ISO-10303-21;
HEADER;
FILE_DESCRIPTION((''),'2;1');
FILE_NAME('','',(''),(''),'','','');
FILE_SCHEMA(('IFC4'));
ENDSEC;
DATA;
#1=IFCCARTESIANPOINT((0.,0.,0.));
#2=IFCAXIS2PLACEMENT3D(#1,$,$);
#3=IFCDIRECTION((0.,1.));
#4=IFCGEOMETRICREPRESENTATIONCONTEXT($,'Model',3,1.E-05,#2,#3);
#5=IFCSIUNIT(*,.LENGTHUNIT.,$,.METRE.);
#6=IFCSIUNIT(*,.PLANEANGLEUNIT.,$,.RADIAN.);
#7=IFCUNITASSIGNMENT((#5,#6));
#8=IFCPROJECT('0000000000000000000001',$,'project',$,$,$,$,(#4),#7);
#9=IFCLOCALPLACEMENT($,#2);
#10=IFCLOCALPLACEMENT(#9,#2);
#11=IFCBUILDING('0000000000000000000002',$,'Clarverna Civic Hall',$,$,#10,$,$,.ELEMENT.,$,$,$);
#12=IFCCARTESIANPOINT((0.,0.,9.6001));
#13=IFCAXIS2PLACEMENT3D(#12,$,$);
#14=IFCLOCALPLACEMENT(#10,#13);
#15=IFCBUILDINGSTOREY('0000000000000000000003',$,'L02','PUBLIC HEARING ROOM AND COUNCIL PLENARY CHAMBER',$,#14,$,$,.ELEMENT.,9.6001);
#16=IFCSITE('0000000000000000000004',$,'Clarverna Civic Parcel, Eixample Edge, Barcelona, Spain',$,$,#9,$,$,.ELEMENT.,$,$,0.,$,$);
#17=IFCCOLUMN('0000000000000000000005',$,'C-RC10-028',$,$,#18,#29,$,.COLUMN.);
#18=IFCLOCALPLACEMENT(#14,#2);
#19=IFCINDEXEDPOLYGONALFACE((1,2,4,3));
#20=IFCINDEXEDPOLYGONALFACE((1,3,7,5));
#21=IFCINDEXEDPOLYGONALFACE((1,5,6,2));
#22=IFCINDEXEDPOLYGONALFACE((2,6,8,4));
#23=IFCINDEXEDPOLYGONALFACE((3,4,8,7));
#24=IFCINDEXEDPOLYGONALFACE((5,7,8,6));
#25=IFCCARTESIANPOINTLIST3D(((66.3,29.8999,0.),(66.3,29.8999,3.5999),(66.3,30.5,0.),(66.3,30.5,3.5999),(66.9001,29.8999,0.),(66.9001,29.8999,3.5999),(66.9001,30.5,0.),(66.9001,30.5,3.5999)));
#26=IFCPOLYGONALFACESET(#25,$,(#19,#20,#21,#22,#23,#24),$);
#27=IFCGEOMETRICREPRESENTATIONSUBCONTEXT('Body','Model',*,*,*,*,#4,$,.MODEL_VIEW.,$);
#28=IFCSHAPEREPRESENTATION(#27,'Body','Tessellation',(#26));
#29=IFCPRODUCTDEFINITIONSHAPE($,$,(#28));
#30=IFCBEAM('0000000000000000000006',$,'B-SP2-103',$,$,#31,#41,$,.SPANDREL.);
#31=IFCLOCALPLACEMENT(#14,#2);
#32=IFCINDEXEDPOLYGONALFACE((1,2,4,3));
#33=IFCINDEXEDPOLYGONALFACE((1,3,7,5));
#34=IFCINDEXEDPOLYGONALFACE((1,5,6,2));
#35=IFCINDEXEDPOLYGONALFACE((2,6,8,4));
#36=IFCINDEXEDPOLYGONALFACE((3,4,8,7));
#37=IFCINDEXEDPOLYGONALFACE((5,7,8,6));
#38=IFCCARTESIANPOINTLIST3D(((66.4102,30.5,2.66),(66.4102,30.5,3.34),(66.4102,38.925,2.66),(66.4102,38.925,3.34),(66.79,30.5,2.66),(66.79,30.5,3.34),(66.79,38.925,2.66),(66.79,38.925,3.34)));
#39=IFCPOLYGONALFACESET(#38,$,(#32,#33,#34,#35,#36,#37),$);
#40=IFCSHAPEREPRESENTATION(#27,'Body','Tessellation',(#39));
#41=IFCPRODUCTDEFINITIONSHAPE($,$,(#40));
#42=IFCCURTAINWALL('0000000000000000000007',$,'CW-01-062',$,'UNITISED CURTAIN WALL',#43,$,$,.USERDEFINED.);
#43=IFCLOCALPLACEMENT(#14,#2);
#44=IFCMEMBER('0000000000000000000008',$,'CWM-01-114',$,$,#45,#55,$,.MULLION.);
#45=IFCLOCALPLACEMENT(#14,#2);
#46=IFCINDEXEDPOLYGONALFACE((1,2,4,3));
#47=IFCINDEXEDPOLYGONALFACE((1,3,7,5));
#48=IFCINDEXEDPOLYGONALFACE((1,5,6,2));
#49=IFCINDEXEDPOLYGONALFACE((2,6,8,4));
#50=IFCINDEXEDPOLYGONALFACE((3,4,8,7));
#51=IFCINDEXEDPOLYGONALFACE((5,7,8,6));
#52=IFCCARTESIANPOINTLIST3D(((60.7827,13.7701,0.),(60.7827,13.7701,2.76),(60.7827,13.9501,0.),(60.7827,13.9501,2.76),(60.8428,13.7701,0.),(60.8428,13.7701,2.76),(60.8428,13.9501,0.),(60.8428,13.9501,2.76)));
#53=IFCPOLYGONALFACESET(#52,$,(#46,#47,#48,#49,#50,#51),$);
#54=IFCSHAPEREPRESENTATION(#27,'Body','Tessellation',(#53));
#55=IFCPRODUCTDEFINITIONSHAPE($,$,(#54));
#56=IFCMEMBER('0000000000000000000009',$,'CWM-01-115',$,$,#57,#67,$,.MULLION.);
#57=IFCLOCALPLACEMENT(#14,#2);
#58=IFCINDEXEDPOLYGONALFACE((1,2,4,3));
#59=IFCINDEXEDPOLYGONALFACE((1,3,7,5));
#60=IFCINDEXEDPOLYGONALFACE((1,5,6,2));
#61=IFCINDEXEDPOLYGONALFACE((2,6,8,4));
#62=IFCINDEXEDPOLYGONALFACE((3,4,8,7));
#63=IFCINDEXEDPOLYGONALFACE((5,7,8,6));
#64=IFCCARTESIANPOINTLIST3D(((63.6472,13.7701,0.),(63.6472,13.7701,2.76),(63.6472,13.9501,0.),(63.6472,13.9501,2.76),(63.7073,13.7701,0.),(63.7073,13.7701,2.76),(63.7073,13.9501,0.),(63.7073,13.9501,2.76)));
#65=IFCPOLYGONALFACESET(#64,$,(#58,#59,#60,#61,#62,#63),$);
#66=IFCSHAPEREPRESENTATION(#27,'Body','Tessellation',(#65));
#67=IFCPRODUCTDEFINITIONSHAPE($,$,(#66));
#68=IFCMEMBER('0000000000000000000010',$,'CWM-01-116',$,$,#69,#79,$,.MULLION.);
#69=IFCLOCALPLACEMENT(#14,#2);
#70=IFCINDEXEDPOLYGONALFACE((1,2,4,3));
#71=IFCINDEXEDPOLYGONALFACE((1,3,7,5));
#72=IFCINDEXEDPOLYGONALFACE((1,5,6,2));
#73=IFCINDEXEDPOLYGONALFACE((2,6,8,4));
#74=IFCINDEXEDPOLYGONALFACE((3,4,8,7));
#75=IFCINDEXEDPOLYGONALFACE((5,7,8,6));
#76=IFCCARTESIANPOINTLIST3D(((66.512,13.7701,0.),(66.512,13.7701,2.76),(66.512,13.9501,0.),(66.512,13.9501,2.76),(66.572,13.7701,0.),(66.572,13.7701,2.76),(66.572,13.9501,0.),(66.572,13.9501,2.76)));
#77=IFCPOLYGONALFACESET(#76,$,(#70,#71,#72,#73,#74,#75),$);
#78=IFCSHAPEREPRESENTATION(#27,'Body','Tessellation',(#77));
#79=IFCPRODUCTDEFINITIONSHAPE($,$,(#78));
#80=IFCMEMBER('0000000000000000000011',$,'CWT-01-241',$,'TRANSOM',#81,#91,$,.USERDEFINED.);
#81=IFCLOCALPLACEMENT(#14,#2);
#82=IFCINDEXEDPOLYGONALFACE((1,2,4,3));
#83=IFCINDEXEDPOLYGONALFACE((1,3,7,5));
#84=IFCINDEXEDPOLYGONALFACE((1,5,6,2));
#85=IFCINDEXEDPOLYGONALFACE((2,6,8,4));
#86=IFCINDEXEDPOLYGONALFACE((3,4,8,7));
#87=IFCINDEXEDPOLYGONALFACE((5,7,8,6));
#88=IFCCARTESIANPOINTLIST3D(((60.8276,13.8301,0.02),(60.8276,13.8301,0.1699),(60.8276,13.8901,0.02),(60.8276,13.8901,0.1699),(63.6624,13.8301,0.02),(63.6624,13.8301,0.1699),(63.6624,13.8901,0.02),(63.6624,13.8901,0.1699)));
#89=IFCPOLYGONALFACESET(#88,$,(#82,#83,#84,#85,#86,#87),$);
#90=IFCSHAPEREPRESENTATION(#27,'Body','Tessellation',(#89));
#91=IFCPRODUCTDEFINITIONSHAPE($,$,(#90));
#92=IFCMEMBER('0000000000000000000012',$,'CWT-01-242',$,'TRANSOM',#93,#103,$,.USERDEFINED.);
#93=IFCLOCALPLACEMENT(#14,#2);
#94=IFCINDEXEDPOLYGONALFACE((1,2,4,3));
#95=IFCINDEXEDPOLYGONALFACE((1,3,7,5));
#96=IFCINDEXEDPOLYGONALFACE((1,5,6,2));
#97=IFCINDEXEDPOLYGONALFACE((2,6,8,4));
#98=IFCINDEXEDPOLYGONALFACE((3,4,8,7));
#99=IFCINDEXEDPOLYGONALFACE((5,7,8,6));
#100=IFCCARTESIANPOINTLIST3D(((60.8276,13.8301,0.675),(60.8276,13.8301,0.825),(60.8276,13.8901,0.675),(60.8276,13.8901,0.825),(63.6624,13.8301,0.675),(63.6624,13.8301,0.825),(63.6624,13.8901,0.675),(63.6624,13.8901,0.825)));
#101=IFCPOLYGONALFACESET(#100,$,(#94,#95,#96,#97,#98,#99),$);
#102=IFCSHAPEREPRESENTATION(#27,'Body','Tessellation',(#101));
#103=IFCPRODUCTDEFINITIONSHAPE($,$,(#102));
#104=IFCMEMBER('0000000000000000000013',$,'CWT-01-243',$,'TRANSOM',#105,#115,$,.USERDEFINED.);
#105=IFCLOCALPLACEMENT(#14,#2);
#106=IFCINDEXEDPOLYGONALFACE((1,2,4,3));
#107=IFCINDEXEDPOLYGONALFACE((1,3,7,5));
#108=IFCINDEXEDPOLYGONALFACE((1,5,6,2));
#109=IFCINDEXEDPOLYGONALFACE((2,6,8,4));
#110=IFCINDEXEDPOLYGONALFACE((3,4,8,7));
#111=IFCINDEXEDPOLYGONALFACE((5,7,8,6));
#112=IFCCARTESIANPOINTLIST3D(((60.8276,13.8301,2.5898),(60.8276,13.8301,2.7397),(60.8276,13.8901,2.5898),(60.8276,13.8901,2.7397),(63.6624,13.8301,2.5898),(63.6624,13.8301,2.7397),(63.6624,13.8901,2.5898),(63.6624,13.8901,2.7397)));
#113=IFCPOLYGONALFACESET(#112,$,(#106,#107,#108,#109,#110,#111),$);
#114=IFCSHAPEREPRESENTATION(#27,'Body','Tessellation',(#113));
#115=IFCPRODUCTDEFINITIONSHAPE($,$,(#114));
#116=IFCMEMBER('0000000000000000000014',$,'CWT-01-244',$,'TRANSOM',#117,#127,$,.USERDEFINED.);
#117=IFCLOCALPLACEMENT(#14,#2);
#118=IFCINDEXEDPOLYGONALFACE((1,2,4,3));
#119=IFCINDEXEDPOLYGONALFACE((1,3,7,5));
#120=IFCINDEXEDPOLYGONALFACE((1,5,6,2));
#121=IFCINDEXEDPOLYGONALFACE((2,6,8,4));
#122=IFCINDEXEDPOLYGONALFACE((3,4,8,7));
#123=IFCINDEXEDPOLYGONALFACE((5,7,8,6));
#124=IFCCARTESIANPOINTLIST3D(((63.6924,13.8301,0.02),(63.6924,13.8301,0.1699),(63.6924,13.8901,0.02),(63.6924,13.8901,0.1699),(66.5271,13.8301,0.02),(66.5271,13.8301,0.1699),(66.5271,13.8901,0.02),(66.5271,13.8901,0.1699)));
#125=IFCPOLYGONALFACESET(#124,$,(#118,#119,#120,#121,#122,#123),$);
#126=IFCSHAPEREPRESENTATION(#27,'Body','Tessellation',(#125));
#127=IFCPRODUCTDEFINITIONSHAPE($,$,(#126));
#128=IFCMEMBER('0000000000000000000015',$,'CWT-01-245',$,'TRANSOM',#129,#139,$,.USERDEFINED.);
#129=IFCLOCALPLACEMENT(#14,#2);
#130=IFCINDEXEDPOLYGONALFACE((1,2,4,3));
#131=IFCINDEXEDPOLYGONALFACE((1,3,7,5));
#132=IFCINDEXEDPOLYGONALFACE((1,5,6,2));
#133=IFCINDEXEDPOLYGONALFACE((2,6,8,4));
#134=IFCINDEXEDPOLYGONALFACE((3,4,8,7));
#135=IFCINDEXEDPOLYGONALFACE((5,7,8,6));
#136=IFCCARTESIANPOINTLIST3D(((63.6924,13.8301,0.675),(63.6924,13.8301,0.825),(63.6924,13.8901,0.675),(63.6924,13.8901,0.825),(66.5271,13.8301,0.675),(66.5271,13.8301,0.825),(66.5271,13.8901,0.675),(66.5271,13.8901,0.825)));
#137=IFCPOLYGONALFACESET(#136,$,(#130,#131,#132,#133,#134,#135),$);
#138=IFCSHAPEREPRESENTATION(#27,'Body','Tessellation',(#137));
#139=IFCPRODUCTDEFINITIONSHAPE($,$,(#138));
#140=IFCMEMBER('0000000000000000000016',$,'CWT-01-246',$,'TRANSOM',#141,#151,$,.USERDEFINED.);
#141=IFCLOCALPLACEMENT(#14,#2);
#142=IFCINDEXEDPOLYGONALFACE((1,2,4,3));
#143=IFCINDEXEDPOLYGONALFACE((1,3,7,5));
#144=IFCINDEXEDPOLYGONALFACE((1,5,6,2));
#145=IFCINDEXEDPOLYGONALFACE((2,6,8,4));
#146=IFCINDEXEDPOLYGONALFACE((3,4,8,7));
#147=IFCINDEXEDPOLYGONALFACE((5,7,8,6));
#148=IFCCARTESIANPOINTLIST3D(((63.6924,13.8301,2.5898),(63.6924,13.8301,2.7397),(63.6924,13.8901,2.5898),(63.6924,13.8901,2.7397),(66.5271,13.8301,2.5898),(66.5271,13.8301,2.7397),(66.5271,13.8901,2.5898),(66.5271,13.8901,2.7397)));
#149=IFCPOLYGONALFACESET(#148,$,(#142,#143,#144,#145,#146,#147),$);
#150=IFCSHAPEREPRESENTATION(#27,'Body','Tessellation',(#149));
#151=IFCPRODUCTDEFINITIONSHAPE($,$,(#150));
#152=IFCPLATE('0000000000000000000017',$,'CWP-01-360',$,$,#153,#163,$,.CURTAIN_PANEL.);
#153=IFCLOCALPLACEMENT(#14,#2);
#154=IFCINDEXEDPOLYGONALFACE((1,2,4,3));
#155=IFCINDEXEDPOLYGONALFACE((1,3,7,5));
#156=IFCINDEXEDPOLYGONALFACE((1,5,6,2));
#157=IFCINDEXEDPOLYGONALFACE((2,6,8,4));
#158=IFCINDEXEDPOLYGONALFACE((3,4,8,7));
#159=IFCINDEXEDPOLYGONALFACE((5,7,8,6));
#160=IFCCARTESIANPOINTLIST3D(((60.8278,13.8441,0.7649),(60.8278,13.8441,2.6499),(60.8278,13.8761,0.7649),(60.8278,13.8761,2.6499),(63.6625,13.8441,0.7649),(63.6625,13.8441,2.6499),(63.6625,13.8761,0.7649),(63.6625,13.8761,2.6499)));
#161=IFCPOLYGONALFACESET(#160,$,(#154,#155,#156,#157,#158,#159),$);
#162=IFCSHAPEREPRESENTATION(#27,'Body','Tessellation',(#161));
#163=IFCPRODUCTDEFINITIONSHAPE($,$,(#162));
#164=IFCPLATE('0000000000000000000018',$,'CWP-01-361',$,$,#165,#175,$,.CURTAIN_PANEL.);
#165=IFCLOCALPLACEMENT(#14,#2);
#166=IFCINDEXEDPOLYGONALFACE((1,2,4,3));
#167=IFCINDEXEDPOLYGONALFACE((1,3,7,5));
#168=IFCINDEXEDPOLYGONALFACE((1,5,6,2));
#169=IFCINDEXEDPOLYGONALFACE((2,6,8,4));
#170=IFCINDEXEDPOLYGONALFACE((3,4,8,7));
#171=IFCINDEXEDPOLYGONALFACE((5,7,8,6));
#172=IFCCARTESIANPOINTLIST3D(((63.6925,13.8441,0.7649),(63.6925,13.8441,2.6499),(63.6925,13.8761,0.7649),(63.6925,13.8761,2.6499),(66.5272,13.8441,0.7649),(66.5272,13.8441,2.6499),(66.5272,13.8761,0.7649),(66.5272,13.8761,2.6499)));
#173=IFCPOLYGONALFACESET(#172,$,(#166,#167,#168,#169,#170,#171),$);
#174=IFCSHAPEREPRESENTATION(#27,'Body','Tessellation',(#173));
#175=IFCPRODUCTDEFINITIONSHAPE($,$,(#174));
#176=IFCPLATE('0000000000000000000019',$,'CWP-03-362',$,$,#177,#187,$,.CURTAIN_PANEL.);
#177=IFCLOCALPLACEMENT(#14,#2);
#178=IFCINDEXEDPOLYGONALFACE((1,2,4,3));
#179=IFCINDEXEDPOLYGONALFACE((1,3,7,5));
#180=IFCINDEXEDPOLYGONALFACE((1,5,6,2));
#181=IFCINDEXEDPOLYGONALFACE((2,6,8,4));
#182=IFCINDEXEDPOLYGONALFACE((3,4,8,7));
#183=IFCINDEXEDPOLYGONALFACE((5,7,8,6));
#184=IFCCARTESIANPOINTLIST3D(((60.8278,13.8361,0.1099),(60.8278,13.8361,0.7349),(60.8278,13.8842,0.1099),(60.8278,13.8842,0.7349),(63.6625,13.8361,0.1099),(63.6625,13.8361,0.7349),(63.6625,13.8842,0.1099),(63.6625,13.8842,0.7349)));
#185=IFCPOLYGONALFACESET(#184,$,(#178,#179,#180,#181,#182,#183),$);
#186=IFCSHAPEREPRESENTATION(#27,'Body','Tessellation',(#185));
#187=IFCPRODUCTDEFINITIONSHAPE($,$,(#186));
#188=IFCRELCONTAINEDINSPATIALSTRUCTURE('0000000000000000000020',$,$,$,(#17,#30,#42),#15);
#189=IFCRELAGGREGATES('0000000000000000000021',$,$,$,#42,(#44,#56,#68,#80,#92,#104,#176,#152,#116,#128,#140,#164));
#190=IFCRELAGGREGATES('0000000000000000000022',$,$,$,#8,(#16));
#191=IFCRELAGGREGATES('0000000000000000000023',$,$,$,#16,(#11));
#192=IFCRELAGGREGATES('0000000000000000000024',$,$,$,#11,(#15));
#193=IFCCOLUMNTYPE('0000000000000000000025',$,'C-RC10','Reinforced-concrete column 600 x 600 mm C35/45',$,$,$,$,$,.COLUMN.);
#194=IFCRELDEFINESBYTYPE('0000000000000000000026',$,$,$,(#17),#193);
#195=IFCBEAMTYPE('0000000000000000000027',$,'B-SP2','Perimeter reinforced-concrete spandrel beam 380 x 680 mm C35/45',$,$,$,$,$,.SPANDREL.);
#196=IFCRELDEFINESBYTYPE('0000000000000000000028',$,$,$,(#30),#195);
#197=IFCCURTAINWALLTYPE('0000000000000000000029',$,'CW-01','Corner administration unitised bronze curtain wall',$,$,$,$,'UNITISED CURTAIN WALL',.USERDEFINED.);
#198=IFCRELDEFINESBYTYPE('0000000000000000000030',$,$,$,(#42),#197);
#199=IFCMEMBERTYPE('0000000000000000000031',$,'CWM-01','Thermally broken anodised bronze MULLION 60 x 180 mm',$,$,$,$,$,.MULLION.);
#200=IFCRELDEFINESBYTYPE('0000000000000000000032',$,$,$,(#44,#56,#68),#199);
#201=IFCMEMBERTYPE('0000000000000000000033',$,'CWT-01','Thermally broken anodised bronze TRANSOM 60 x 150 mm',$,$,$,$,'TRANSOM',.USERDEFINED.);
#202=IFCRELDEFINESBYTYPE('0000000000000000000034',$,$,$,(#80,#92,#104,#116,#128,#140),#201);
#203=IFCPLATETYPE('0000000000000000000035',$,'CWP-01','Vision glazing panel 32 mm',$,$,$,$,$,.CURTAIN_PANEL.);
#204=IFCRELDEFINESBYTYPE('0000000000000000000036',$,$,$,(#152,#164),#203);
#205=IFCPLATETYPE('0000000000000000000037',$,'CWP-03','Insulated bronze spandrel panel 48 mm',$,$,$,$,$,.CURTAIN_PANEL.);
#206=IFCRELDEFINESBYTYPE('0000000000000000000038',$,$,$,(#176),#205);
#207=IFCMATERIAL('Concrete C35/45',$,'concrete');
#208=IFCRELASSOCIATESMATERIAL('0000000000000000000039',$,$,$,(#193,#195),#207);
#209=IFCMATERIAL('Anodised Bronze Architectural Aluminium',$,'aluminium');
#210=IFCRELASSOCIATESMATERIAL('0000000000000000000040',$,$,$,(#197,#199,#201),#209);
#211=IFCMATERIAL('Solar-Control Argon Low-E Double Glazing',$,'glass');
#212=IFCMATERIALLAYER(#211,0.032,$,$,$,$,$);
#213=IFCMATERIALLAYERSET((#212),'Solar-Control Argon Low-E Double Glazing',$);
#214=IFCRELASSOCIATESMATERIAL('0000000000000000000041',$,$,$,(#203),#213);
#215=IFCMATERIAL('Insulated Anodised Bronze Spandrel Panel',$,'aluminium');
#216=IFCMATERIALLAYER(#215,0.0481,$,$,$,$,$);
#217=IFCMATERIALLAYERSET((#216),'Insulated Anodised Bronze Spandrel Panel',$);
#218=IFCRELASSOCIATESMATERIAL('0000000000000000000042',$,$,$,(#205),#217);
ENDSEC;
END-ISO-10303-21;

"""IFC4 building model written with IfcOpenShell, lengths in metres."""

from ifc_helpers import new_model, si_unit, direction, frame, frame_2d, origin, origin_2d, place, context, subcontext, project, spatial, rectangle, extrude, material, layer, layer_set, material_profile, profile_set, type_object, element, aggregate, save


model = new_model("IFC4")

# Units and contexts
model_context = context("Model", 3, precision=1e-05, world=origin(), true_north=direction((0.0, 1.0)))
body_context = subcontext(model_context, "Body", "Model", "MODEL_VIEW")
ifc_project = project(units=[si_unit("LENGTHUNIT", "METRE"), si_unit("PLANEANGLEUNIT", "RADIAN")], contexts=[model_context])

# Site, building, storey
site_placement = place(None, origin())
site = spatial("IfcSite", under=ifc_project, at=site_placement, Name="Clarverna Civic Parcel, Eixample Edge, Barcelona, Spain", CompositionType="ELEMENT", RefElevation=0.0)
building_placement = place(site_placement, origin())
building = spatial("IfcBuilding", under=site, at=building_placement, Name="Clarverna Civic Hall", CompositionType="ELEMENT")
storey_placement = place(building_placement, frame((0.0, 0.0, 9.6001)))
storey = spatial("IfcBuildingStorey", under=building, at=storey_placement, Name="L02", Description="PUBLIC HEARING ROOM AND COUNCIL PLENARY CHAMBER", CompositionType="ELEMENT", Elevation=9.6001)

# Column
ifc_material_1 = material(Name="Concrete C35/45", Category="concrete")
ifc_material_profile_1 = material_profile(ifc_material_1, rectangle(XDim=0.6001, YDim=0.6001, at=origin_2d()), Name="RC 600x600")
ifc_profile_set_1 = profile_set([ifc_material_profile_1], Name="Concrete C35/45")
column_type = type_object("IfcColumnType", Name="C-RC10", Description="Reinforced-concrete column 600 x 600 mm C35/45", PredefinedType="COLUMN", material=ifc_profile_set_1)
column_placement = place(storey_placement, frame((66.6001, 30.2, 0.0), z_axis=(0.0, 0.0, 1.0), x_axis=(1.0, 0.0, 0.0)))
element("IfcColumn", 1, at=column_placement, inside=storey, type_object=column_type, Name="C-RC10-028", PredefinedType="COLUMN", context=body_context, shape_type="SweptSolid", body=[
    extrude(rectangle(XDim=0.6001, YDim=0.6001, at=origin_2d()), origin(), (0.0, 0.0, 1.0), 3.5999),
])

# Beam
ifc_material_profile_2 = material_profile(ifc_material_1, rectangle(XDim=0.3799, YDim=0.6799, at=origin_2d()), Name="RC 380x680")
ifc_profile_set_2 = profile_set([ifc_material_profile_2], Name="Concrete C35/45")
beam_type = type_object("IfcBeamType", Name="B-SP2", Description="Perimeter reinforced-concrete spandrel beam 380 x 680 mm C35/45", PredefinedType="SPANDREL", material=ifc_profile_set_2)
beam_placement = place(storey_placement, frame((66.6001, 30.5, 3.0), z_axis=(0.0, 1.0, 0.0), x_axis=(-1.0, 0.0, 0.0)))
element("IfcBeam", 2, at=beam_placement, inside=storey, type_object=beam_type, Name="B-SP2-103", PredefinedType="SPANDREL", context=body_context, shape_type="SweptSolid", body=[
    extrude(rectangle(XDim=0.3799, YDim=0.6799, at=origin_2d()), origin(), (0.0, 0.0, 1.0), 8.425),
])

# Curtain wall, members, plates
ifc_material_2 = material(Name="Anodised Bronze Architectural Aluminium", Category="aluminium")
curtain_wall_type = type_object("IfcCurtainWallType", Name="CW-01", Description="Corner administration unitised bronze curtain wall", ElementType="UNITISED CURTAIN WALL", PredefinedType="USERDEFINED", material=ifc_material_2)
curtain_wall_placement = place(storey_placement, origin())
curtain_wall = element("IfcCurtainWall", 3, at=curtain_wall_placement, inside=storey, type_object=curtain_wall_type, Name="CW-01-062", ObjectType="UNITISED CURTAIN WALL", PredefinedType="USERDEFINED")
ifc_material_profile_3 = material_profile(ifc_material_2, rectangle(XDim=0.0601, YDim=0.1799, at=origin_2d()), Name="BRONZE 60x180")
ifc_profile_set_3 = profile_set([ifc_material_profile_3], Name="Anodised Bronze Architectural Aluminium")
member_type_1 = type_object("IfcMemberType", Name="CWM-01", Description="Thermally broken anodised bronze MULLION 60 x 180 mm", PredefinedType="MULLION", material=ifc_profile_set_3)
member_1_placement = place(storey_placement, frame((60.8127, 13.8601, 0.0), z_axis=(0.0, 0.0, 1.0), x_axis=(1.0, 0.0, 0.0)))
member_1 = element("IfcMember", 4, at=member_1_placement, type_object=member_type_1, Name="CWM-01-114", PredefinedType="MULLION", context=body_context, shape_type="SweptSolid", body=[
    extrude(rectangle(XDim=0.0601, YDim=0.1799, at=origin_2d()), origin(), (0.0, 0.0, 1.0), 2.76),
])
member_2_placement = place(storey_placement, frame((63.6772, 13.8601, 0.0), z_axis=(0.0, 0.0, 1.0), x_axis=(1.0, 0.0, 0.0)))
member_2 = element("IfcMember", 5, at=member_2_placement, type_object=member_type_1, Name="CWM-01-115", PredefinedType="MULLION", context=body_context, shape_type="SweptSolid", body=[
    extrude(rectangle(XDim=0.0601, YDim=0.1799, at=origin_2d()), origin(), (0.0, 0.0, 1.0), 2.76),
])
member_3_placement = place(storey_placement, frame((66.542, 13.8601, 0.0), z_axis=(0.0, 0.0, 1.0), x_axis=(1.0, 0.0, 0.0)))
member_3 = element("IfcMember", 6, at=member_3_placement, type_object=member_type_1, Name="CWM-01-116", PredefinedType="MULLION", context=body_context, shape_type="SweptSolid", body=[
    extrude(rectangle(XDim=0.0601, YDim=0.1799, at=origin_2d()), origin(), (0.0, 0.0, 1.0), 2.76),
])
ifc_material_profile_4 = material_profile(ifc_material_2, rectangle(XDim=0.0601, YDim=0.1499, at=origin_2d()), Name="BRONZE 60x150")
ifc_profile_set_4 = profile_set([ifc_material_profile_4], Name="Anodised Bronze Architectural Aluminium")
member_type_2 = type_object("IfcMemberType", Name="CWT-01", Description="Thermally broken anodised bronze TRANSOM 60 x 150 mm", ElementType="TRANSOM", PredefinedType="USERDEFINED", material=ifc_profile_set_4)
member_4_placement = place(storey_placement, frame((60.8276, 13.8601, 0.095), z_axis=(1.0, 0.0, 0.0), x_axis=(0.0, 1.0, 0.0)))
member_4 = element("IfcMember", 7, at=member_4_placement, type_object=member_type_2, Name="CWT-01-241", ObjectType="TRANSOM", PredefinedType="USERDEFINED", context=body_context, shape_type="SweptSolid", body=[
    extrude(rectangle(XDim=0.0601, YDim=0.1499, at=origin_2d()), origin(), (0.0, 0.0, 1.0), 2.8347),
])
member_5_placement = place(storey_placement, frame((60.8276, 13.8601, 0.75), z_axis=(1.0, 0.0, 0.0), x_axis=(0.0, 1.0, 0.0)))
member_5 = element("IfcMember", 8, at=member_5_placement, type_object=member_type_2, Name="CWT-01-242", ObjectType="TRANSOM", PredefinedType="USERDEFINED", context=body_context, shape_type="SweptSolid", body=[
    extrude(rectangle(XDim=0.0601, YDim=0.1499, at=origin_2d()), origin(), (0.0, 0.0, 1.0), 2.8347),
])
member_6_placement = place(storey_placement, frame((60.8276, 13.8601, 2.6648), z_axis=(1.0, 0.0, 0.0), x_axis=(0.0, 1.0, 0.0)))
member_6 = element("IfcMember", 9, at=member_6_placement, type_object=member_type_2, Name="CWT-01-243", ObjectType="TRANSOM", PredefinedType="USERDEFINED", context=body_context, shape_type="SweptSolid", body=[
    extrude(rectangle(XDim=0.0601, YDim=0.1499, at=origin_2d()), origin(), (0.0, 0.0, 1.0), 2.8347),
])
member_7_placement = place(storey_placement, frame((63.6924, 13.8601, 0.095), z_axis=(1.0, 0.0, 0.0), x_axis=(0.0, 1.0, 0.0)))
member_7 = element("IfcMember", 10, at=member_7_placement, type_object=member_type_2, Name="CWT-01-244", ObjectType="TRANSOM", PredefinedType="USERDEFINED", context=body_context, shape_type="SweptSolid", body=[
    extrude(rectangle(XDim=0.0601, YDim=0.1499, at=origin_2d()), origin(), (0.0, 0.0, 1.0), 2.8347),
])
member_8_placement = place(storey_placement, frame((63.6924, 13.8601, 0.75), z_axis=(1.0, 0.0, 0.0), x_axis=(0.0, 1.0, 0.0)))
member_8 = element("IfcMember", 11, at=member_8_placement, type_object=member_type_2, Name="CWT-01-245", ObjectType="TRANSOM", PredefinedType="USERDEFINED", context=body_context, shape_type="SweptSolid", body=[
    extrude(rectangle(XDim=0.0601, YDim=0.1499, at=origin_2d()), origin(), (0.0, 0.0, 1.0), 2.8347),
])
member_9_placement = place(storey_placement, frame((63.6924, 13.8601, 2.6648), z_axis=(1.0, 0.0, 0.0), x_axis=(0.0, 1.0, 0.0)))
member_9 = element("IfcMember", 12, at=member_9_placement, type_object=member_type_2, Name="CWT-01-246", ObjectType="TRANSOM", PredefinedType="USERDEFINED", context=body_context, shape_type="SweptSolid", body=[
    extrude(rectangle(XDim=0.0601, YDim=0.1499, at=origin_2d()), origin(), (0.0, 0.0, 1.0), 2.8347),
])
ifc_material_3 = material(Name="Solar-Control Argon Low-E Double Glazing", Category="glass")
ifc_layer_1 = layer(ifc_material_3, 0.032)
ifc_layer_set_1 = layer_set([ifc_layer_1], Name="Solar-Control Argon Low-E Double Glazing")
plate_type_1 = type_object("IfcPlateType", Name="CWP-01", Description="Vision glazing panel 32 mm", PredefinedType="CURTAIN_PANEL", material=ifc_layer_set_1)
plate_1_placement = place(storey_placement, frame((60.8276, 13.8601, 0.7649), z_axis=(0.0, 0.0, 1.0), x_axis=(1.0, 0.0, 0.0)))
plate_1 = element("IfcPlate", 13, at=plate_1_placement, type_object=plate_type_1, Name="CWP-01-360", PredefinedType="CURTAIN_PANEL", context=body_context, shape_type="SweptSolid", body=[
    extrude(rectangle(XDim=2.8347, YDim=0.032, at=frame_2d((1.4175, 0.0))), origin(), (0.0, 0.0, 1.0), 1.885),
])
plate_2_placement = place(storey_placement, frame((63.6924, 13.8601, 0.7649), z_axis=(0.0, 0.0, 1.0), x_axis=(1.0, 0.0, 0.0)))
plate_2 = element("IfcPlate", 14, at=plate_2_placement, type_object=plate_type_1, Name="CWP-01-361", PredefinedType="CURTAIN_PANEL", context=body_context, shape_type="SweptSolid", body=[
    extrude(rectangle(XDim=2.8347, YDim=0.032, at=frame_2d((1.4175, 0.0))), origin(), (0.0, 0.0, 1.0), 1.885),
])
ifc_material_4 = material(Name="Insulated Anodised Bronze Spandrel Panel", Category="aluminium")
ifc_layer_2 = layer(ifc_material_4, 0.0481)
ifc_layer_set_2 = layer_set([ifc_layer_2], Name="Insulated Anodised Bronze Spandrel Panel")
plate_type_2 = type_object("IfcPlateType", Name="CWP-03", Description="Insulated bronze spandrel panel 48 mm", PredefinedType="CURTAIN_PANEL", material=ifc_layer_set_2)
plate_3_placement = place(storey_placement, frame((60.8276, 13.8601, 0.1099), z_axis=(0.0, 0.0, 1.0), x_axis=(1.0, 0.0, 0.0)))
plate_3 = element("IfcPlate", 15, at=plate_3_placement, type_object=plate_type_2, Name="CWP-03-362", PredefinedType="CURTAIN_PANEL", context=body_context, shape_type="SweptSolid", body=[
    extrude(rectangle(XDim=2.8347, YDim=0.0481, at=frame_2d((1.4175, 0.0))), origin(), (0.0, 0.0, 1.0), 0.625),
])
aggregate(curtain_wall, [member_1, member_2, member_3, member_4, member_5, member_6, plate_3, plate_1, member_7, member_8, member_9, plate_2])

save(model, "model.ifc")
